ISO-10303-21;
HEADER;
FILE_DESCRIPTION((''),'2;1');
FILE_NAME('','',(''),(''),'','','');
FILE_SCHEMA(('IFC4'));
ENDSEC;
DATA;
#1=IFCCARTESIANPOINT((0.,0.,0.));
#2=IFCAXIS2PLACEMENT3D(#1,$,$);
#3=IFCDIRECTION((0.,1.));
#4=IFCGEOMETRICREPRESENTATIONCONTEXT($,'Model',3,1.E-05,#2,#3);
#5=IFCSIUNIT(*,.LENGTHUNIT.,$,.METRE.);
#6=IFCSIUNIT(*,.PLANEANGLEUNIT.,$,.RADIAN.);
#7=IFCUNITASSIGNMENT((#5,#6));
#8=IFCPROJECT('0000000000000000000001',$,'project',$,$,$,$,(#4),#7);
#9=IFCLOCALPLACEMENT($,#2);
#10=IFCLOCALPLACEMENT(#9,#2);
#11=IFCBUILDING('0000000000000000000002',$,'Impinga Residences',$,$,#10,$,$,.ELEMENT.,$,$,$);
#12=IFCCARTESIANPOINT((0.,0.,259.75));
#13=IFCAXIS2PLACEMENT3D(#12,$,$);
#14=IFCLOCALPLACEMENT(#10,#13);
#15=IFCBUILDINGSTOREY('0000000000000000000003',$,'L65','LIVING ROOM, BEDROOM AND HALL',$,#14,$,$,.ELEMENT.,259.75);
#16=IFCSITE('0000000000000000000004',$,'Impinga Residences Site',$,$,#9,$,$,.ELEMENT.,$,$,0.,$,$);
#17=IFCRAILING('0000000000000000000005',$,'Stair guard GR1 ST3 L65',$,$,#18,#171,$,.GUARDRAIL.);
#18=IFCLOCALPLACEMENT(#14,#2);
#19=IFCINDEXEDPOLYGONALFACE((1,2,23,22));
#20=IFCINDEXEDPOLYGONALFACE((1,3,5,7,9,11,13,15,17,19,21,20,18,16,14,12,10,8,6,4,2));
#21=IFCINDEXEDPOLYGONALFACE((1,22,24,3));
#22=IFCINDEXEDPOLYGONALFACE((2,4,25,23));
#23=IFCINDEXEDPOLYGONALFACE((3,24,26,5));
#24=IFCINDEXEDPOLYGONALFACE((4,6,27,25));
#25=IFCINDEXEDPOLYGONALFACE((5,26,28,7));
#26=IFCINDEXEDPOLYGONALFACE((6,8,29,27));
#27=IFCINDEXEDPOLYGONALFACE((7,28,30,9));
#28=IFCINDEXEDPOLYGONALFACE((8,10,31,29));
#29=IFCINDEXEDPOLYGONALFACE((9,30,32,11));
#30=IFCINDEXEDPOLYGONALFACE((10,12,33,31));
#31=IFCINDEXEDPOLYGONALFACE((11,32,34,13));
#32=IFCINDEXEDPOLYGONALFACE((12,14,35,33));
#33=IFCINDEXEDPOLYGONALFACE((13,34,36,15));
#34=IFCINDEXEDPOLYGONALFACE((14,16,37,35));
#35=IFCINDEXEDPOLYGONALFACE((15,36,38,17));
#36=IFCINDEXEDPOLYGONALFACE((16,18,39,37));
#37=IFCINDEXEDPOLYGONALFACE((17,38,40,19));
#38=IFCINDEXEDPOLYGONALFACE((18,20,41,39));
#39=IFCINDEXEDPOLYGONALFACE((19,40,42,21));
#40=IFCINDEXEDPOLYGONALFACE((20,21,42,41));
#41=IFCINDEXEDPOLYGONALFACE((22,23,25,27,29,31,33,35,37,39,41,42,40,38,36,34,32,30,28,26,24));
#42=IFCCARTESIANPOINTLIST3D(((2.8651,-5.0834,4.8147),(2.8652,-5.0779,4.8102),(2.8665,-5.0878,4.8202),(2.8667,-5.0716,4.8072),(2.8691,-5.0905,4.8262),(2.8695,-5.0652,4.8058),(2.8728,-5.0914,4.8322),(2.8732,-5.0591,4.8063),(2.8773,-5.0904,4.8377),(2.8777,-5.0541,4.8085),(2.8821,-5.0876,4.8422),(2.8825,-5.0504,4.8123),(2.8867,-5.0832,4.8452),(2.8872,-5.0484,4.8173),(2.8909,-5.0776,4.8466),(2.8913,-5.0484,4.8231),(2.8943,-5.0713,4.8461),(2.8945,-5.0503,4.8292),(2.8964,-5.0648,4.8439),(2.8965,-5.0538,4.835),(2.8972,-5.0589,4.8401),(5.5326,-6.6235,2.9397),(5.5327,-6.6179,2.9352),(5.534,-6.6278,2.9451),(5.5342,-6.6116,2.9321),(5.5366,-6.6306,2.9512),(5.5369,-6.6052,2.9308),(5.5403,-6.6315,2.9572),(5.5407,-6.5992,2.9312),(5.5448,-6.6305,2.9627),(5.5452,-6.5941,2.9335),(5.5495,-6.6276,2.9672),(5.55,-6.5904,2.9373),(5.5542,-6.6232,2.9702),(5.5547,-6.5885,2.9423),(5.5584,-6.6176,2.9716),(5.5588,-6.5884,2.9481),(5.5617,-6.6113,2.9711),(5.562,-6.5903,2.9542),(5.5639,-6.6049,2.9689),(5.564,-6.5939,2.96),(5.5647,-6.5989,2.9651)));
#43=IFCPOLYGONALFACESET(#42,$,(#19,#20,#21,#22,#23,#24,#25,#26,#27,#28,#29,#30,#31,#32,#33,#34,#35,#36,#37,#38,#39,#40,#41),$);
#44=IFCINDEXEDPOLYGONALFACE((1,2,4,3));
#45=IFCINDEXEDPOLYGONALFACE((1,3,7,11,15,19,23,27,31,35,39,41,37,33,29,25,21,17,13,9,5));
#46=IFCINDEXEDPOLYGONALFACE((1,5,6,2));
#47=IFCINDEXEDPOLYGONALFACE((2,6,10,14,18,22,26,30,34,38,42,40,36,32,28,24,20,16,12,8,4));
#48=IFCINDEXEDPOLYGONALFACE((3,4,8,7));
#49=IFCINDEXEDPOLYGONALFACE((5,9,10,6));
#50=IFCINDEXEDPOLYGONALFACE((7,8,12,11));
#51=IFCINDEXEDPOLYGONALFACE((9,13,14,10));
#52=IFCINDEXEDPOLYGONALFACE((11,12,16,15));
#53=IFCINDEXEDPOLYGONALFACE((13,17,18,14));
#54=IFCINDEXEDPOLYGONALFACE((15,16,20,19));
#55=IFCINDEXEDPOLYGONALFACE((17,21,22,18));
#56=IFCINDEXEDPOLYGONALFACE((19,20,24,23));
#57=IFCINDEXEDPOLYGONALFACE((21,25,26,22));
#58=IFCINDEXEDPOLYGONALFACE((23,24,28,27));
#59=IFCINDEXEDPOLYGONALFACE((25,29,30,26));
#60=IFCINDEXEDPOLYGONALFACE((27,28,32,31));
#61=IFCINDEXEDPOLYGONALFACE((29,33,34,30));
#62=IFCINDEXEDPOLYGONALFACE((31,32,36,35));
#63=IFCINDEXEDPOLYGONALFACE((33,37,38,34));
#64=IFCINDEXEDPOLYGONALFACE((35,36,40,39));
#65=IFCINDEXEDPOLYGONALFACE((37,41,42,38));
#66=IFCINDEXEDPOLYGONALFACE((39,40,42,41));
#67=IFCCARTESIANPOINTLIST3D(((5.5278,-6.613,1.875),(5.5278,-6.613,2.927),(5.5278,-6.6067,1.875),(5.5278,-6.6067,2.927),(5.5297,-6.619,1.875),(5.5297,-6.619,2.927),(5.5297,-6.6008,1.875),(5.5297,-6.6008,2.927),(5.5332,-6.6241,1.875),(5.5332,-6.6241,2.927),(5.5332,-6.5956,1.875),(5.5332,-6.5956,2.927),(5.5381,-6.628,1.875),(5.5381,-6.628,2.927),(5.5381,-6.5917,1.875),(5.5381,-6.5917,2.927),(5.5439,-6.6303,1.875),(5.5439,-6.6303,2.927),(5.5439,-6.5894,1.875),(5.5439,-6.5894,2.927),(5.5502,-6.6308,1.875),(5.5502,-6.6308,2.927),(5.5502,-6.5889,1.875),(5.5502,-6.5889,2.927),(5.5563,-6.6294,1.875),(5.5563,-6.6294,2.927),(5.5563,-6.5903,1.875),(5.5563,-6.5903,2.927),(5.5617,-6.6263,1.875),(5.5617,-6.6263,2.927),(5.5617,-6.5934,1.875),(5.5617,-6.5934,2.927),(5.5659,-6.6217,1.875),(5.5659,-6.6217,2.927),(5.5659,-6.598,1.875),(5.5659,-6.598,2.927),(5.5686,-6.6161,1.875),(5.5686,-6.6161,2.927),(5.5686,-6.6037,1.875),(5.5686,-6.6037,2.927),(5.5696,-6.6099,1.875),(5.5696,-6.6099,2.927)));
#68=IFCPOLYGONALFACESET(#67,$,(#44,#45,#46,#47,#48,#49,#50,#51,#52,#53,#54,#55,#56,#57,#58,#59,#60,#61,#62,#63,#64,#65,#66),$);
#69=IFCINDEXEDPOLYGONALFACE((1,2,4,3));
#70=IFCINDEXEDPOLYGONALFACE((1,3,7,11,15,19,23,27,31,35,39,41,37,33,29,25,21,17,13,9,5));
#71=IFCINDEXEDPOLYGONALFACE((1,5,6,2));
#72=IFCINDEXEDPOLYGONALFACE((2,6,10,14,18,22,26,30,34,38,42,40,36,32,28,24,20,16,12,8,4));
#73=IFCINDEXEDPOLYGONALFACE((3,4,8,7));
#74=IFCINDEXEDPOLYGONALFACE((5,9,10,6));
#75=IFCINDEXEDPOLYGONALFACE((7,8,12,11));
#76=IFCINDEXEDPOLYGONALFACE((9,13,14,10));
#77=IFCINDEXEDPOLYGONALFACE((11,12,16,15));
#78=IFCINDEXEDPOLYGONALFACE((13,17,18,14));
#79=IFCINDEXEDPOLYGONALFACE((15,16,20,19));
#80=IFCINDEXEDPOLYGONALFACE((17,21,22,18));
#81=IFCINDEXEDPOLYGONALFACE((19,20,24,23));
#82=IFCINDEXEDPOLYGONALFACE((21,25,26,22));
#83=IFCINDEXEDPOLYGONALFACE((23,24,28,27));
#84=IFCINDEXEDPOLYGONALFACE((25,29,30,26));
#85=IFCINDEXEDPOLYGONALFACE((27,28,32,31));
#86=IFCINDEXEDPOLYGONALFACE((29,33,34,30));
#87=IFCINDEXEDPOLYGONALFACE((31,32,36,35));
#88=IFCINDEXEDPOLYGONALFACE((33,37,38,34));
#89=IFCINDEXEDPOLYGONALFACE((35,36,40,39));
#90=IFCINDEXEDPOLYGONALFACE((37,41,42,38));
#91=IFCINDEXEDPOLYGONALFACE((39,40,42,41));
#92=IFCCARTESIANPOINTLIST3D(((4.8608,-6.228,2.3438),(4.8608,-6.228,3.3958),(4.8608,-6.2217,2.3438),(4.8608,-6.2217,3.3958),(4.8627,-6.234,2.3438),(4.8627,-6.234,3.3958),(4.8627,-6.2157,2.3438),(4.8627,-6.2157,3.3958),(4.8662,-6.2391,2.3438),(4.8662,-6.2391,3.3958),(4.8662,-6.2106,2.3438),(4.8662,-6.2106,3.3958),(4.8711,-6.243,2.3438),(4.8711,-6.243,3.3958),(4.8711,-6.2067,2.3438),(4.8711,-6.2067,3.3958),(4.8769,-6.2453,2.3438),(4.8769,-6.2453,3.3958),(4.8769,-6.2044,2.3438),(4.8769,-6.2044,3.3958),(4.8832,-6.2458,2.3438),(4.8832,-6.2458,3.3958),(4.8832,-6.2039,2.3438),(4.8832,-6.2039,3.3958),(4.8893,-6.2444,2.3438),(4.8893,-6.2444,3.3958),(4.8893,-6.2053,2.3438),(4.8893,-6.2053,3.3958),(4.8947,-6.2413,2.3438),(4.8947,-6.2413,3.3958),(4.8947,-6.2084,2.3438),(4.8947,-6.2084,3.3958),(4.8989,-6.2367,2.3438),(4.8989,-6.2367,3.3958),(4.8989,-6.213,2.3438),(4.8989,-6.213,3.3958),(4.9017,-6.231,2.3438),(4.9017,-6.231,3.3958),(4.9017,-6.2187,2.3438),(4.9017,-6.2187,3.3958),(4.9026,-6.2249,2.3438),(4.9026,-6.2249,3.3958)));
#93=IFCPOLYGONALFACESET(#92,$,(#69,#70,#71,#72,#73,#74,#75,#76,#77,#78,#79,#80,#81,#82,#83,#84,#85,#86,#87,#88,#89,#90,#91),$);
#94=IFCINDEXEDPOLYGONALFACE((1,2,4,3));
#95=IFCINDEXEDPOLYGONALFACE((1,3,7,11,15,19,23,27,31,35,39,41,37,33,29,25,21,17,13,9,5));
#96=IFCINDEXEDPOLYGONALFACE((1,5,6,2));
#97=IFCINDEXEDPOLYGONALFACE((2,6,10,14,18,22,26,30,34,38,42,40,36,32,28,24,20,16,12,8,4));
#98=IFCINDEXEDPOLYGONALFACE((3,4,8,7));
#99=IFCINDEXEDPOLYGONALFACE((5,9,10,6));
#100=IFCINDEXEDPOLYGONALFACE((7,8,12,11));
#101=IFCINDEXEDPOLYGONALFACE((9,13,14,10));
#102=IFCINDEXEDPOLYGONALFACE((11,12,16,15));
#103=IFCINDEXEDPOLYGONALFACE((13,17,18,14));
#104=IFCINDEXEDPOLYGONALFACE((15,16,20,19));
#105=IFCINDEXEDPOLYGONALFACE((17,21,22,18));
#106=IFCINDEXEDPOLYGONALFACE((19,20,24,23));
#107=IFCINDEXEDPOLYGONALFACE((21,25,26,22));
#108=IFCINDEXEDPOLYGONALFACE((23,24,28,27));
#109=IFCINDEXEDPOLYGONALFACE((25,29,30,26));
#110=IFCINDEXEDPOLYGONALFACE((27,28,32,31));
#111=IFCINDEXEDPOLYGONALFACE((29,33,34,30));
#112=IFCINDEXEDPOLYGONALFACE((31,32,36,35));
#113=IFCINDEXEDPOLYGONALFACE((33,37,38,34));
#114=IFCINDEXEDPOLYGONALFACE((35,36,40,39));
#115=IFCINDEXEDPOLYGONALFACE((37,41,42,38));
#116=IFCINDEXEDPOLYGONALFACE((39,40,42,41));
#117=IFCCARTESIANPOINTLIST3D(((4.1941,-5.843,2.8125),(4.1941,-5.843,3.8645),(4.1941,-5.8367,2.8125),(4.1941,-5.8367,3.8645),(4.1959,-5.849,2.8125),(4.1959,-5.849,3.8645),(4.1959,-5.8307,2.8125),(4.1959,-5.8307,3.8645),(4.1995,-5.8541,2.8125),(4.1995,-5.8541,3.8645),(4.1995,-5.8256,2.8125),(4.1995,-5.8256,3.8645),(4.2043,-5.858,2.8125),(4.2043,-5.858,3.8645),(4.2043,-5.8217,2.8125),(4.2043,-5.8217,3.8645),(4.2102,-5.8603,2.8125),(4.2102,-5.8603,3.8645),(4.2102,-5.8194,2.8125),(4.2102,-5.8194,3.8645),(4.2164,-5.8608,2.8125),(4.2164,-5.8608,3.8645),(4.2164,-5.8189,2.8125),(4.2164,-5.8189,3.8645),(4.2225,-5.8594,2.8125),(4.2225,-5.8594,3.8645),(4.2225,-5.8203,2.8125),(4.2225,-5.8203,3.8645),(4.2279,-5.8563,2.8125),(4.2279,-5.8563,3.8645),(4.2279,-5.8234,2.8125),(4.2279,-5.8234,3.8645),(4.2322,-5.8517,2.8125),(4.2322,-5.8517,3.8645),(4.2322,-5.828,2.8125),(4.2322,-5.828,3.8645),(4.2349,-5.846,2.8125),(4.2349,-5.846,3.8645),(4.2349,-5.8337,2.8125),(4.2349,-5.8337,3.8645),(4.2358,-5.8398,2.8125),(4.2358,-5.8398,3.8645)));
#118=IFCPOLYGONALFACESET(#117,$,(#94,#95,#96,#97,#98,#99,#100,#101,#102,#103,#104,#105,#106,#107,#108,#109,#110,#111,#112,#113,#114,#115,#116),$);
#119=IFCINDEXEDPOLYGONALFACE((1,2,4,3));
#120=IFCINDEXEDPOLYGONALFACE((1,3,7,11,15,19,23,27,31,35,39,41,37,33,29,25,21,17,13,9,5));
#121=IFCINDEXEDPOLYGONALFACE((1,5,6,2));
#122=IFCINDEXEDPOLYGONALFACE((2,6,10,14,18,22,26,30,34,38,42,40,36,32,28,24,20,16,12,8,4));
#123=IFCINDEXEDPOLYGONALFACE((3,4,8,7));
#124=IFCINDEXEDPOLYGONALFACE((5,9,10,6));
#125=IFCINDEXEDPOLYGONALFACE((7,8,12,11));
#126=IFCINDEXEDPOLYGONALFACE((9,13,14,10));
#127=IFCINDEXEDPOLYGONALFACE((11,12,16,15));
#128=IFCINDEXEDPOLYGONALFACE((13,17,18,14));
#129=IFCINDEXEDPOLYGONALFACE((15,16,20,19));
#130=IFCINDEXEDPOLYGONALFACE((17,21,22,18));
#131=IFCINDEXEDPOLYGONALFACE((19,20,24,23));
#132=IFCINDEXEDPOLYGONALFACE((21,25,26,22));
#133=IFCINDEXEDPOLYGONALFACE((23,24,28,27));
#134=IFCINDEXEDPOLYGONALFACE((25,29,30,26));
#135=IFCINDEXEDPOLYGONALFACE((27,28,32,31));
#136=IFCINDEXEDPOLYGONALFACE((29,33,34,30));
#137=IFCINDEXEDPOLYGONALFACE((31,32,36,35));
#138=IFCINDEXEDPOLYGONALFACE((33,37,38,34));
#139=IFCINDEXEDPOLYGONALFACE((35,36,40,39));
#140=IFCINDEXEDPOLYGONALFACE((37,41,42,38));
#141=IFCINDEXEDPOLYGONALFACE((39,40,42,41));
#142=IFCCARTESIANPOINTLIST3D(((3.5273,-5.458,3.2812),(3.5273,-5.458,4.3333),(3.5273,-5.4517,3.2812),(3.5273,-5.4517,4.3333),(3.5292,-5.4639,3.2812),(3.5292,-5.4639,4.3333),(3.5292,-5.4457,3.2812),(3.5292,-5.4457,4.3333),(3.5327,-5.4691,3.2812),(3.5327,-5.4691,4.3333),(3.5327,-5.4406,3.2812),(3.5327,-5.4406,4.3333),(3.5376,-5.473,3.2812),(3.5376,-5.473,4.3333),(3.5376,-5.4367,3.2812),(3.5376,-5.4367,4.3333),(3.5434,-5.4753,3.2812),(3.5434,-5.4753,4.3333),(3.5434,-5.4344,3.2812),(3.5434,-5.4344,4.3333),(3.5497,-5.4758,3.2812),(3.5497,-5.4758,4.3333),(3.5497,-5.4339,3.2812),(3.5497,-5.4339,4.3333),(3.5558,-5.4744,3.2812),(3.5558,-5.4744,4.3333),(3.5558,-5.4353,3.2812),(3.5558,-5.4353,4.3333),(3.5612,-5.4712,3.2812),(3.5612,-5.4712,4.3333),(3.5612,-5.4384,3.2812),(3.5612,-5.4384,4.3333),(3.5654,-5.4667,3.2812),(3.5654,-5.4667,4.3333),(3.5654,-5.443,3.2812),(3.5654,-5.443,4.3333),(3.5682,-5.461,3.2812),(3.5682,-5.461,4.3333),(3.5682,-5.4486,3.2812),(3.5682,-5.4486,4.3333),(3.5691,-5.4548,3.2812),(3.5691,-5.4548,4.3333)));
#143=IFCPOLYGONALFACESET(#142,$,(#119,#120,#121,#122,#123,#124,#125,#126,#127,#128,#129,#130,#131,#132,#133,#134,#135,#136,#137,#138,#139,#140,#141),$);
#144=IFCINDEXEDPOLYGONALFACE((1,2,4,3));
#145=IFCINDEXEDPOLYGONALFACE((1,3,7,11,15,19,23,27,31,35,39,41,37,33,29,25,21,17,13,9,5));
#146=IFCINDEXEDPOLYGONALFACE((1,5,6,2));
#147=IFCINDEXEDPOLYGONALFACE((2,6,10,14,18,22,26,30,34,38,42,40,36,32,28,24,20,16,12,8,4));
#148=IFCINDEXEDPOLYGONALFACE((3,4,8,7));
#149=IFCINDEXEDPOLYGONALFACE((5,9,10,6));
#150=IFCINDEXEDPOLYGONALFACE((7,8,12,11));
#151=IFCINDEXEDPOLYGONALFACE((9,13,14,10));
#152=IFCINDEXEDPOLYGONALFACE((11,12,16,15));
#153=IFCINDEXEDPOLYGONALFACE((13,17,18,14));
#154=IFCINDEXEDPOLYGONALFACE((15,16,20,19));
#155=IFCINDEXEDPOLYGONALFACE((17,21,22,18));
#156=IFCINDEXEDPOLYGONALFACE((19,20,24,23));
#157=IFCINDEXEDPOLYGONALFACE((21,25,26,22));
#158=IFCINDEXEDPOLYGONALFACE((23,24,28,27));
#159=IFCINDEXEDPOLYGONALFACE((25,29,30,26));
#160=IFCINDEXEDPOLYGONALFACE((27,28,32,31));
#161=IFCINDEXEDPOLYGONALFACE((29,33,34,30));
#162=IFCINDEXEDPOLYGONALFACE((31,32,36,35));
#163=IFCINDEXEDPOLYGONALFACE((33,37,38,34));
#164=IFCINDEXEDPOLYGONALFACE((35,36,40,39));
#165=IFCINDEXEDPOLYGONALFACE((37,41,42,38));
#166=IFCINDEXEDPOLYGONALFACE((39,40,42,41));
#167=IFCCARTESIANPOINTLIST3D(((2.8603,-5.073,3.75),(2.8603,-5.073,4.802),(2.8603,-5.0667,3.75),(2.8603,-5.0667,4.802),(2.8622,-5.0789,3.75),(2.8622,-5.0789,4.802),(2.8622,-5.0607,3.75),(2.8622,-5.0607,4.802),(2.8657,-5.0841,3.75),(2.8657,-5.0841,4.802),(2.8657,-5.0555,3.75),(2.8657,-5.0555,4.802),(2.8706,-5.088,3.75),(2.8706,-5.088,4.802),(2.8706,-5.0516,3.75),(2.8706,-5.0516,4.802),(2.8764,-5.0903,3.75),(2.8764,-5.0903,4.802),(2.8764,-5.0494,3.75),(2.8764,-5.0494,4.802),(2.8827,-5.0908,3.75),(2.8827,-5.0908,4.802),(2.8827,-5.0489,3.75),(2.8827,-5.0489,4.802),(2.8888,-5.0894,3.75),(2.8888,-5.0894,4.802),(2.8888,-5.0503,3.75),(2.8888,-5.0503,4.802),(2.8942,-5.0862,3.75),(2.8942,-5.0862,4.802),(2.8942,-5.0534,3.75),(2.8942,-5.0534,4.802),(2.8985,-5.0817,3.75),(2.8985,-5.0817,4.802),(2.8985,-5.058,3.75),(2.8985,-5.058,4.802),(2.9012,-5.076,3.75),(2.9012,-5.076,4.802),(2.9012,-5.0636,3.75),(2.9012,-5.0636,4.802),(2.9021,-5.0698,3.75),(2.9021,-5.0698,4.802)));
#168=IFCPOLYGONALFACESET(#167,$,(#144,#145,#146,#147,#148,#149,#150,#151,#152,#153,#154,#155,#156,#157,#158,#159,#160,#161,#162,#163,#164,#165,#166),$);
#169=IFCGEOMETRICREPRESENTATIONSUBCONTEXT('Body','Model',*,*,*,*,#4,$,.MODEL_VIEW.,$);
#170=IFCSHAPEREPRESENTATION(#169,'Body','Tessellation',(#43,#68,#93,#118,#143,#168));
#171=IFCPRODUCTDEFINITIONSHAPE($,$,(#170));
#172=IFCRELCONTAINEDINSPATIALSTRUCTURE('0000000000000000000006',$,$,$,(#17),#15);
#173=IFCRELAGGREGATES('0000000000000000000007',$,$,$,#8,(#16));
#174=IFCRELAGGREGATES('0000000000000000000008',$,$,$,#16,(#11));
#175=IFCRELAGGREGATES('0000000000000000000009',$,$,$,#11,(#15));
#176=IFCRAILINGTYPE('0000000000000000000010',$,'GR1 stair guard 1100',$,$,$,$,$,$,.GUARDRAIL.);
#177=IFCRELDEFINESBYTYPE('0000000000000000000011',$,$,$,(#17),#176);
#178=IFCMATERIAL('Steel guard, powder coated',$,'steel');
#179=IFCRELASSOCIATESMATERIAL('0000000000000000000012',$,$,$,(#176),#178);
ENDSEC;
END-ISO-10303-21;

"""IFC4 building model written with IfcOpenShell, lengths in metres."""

from ifc_helpers import new_model, si_unit, direction, frame, origin, origin_2d, place, context, subcontext, project, spatial, circle, extrude, material, type_object, element, save


model = new_model("IFC4")

# Units and contexts
model_context = context("Model", 3, precision=1e-05, world=origin(), true_north=direction((0.0, 1.0)))
body_context = subcontext(model_context, "Body", "Model", "MODEL_VIEW")
ifc_project = project(units=[si_unit("LENGTHUNIT", "METRE"), si_unit("PLANEANGLEUNIT", "RADIAN")], contexts=[model_context])

# Site, building, storey
site_placement = place(None, origin())
site = spatial("IfcSite", under=ifc_project, at=site_placement, Name="Impinga Residences Site", CompositionType="ELEMENT", RefElevation=0.0)
building_placement = place(site_placement, origin())
building = spatial("IfcBuilding", under=site, at=building_placement, Name="Impinga Residences", CompositionType="ELEMENT")
storey_placement = place(building_placement, frame((0.0, 0.0, 259.75)))
storey = spatial("IfcBuildingStorey", under=building, at=storey_placement, Name="L65", Description="LIVING ROOM, BEDROOM AND HALL", CompositionType="ELEMENT", Elevation=259.75)

# Railing
ifc_material_1 = material(Name="Steel guard, powder coated", Category="steel")
railing_type_1 = type_object("IfcRailingType", Name="GR1 stair guard 1100", PredefinedType="GUARDRAIL", material=ifc_material_1)
railing_1_placement = place(storey_placement, frame((5.5486, -6.6099, 1.875)))
element("IfcRailing", 1, at=railing_1_placement, inside=storey, type_object=railing_type_1, Name="Stair guard GR1 ST3 L65", PredefinedType="GUARDRAIL", context=body_context, shape_type="SweptSolid", body=[
    extrude(circle(Radius=0.0239, at=origin_2d()), frame((0.0, 0.0, 1.0762), z_axis=(-0.739746, 0.427084, 0.519975), x_axis=(-0.499992, -0.86603, 0.0)), (0.0, 0.0, 1.0), 3.606),
    extrude(circle(Radius=0.021, at=origin_2d()), origin(), (0.0, 0.0, 1.0), 1.052),
    extrude(circle(Radius=0.021, at=origin_2d()), frame((-0.667, 0.385, 0.4688)), (0.0, 0.0, 1.0), 1.052),
    extrude(circle(Radius=0.021, at=origin_2d()), frame((-1.3337, 0.77, 0.9375)), (0.0, 0.0, 1.0), 1.052),
    extrude(circle(Radius=0.021, at=origin_2d()), frame((-2.0005, 1.155, 1.4062)), (0.0, 0.0, 1.0), 1.052),
    extrude(circle(Radius=0.021, at=origin_2d()), frame((-2.6675, 1.54, 1.875)), (0.0, 0.0, 1.0), 1.052),
])

save(model, "model.ifc")
